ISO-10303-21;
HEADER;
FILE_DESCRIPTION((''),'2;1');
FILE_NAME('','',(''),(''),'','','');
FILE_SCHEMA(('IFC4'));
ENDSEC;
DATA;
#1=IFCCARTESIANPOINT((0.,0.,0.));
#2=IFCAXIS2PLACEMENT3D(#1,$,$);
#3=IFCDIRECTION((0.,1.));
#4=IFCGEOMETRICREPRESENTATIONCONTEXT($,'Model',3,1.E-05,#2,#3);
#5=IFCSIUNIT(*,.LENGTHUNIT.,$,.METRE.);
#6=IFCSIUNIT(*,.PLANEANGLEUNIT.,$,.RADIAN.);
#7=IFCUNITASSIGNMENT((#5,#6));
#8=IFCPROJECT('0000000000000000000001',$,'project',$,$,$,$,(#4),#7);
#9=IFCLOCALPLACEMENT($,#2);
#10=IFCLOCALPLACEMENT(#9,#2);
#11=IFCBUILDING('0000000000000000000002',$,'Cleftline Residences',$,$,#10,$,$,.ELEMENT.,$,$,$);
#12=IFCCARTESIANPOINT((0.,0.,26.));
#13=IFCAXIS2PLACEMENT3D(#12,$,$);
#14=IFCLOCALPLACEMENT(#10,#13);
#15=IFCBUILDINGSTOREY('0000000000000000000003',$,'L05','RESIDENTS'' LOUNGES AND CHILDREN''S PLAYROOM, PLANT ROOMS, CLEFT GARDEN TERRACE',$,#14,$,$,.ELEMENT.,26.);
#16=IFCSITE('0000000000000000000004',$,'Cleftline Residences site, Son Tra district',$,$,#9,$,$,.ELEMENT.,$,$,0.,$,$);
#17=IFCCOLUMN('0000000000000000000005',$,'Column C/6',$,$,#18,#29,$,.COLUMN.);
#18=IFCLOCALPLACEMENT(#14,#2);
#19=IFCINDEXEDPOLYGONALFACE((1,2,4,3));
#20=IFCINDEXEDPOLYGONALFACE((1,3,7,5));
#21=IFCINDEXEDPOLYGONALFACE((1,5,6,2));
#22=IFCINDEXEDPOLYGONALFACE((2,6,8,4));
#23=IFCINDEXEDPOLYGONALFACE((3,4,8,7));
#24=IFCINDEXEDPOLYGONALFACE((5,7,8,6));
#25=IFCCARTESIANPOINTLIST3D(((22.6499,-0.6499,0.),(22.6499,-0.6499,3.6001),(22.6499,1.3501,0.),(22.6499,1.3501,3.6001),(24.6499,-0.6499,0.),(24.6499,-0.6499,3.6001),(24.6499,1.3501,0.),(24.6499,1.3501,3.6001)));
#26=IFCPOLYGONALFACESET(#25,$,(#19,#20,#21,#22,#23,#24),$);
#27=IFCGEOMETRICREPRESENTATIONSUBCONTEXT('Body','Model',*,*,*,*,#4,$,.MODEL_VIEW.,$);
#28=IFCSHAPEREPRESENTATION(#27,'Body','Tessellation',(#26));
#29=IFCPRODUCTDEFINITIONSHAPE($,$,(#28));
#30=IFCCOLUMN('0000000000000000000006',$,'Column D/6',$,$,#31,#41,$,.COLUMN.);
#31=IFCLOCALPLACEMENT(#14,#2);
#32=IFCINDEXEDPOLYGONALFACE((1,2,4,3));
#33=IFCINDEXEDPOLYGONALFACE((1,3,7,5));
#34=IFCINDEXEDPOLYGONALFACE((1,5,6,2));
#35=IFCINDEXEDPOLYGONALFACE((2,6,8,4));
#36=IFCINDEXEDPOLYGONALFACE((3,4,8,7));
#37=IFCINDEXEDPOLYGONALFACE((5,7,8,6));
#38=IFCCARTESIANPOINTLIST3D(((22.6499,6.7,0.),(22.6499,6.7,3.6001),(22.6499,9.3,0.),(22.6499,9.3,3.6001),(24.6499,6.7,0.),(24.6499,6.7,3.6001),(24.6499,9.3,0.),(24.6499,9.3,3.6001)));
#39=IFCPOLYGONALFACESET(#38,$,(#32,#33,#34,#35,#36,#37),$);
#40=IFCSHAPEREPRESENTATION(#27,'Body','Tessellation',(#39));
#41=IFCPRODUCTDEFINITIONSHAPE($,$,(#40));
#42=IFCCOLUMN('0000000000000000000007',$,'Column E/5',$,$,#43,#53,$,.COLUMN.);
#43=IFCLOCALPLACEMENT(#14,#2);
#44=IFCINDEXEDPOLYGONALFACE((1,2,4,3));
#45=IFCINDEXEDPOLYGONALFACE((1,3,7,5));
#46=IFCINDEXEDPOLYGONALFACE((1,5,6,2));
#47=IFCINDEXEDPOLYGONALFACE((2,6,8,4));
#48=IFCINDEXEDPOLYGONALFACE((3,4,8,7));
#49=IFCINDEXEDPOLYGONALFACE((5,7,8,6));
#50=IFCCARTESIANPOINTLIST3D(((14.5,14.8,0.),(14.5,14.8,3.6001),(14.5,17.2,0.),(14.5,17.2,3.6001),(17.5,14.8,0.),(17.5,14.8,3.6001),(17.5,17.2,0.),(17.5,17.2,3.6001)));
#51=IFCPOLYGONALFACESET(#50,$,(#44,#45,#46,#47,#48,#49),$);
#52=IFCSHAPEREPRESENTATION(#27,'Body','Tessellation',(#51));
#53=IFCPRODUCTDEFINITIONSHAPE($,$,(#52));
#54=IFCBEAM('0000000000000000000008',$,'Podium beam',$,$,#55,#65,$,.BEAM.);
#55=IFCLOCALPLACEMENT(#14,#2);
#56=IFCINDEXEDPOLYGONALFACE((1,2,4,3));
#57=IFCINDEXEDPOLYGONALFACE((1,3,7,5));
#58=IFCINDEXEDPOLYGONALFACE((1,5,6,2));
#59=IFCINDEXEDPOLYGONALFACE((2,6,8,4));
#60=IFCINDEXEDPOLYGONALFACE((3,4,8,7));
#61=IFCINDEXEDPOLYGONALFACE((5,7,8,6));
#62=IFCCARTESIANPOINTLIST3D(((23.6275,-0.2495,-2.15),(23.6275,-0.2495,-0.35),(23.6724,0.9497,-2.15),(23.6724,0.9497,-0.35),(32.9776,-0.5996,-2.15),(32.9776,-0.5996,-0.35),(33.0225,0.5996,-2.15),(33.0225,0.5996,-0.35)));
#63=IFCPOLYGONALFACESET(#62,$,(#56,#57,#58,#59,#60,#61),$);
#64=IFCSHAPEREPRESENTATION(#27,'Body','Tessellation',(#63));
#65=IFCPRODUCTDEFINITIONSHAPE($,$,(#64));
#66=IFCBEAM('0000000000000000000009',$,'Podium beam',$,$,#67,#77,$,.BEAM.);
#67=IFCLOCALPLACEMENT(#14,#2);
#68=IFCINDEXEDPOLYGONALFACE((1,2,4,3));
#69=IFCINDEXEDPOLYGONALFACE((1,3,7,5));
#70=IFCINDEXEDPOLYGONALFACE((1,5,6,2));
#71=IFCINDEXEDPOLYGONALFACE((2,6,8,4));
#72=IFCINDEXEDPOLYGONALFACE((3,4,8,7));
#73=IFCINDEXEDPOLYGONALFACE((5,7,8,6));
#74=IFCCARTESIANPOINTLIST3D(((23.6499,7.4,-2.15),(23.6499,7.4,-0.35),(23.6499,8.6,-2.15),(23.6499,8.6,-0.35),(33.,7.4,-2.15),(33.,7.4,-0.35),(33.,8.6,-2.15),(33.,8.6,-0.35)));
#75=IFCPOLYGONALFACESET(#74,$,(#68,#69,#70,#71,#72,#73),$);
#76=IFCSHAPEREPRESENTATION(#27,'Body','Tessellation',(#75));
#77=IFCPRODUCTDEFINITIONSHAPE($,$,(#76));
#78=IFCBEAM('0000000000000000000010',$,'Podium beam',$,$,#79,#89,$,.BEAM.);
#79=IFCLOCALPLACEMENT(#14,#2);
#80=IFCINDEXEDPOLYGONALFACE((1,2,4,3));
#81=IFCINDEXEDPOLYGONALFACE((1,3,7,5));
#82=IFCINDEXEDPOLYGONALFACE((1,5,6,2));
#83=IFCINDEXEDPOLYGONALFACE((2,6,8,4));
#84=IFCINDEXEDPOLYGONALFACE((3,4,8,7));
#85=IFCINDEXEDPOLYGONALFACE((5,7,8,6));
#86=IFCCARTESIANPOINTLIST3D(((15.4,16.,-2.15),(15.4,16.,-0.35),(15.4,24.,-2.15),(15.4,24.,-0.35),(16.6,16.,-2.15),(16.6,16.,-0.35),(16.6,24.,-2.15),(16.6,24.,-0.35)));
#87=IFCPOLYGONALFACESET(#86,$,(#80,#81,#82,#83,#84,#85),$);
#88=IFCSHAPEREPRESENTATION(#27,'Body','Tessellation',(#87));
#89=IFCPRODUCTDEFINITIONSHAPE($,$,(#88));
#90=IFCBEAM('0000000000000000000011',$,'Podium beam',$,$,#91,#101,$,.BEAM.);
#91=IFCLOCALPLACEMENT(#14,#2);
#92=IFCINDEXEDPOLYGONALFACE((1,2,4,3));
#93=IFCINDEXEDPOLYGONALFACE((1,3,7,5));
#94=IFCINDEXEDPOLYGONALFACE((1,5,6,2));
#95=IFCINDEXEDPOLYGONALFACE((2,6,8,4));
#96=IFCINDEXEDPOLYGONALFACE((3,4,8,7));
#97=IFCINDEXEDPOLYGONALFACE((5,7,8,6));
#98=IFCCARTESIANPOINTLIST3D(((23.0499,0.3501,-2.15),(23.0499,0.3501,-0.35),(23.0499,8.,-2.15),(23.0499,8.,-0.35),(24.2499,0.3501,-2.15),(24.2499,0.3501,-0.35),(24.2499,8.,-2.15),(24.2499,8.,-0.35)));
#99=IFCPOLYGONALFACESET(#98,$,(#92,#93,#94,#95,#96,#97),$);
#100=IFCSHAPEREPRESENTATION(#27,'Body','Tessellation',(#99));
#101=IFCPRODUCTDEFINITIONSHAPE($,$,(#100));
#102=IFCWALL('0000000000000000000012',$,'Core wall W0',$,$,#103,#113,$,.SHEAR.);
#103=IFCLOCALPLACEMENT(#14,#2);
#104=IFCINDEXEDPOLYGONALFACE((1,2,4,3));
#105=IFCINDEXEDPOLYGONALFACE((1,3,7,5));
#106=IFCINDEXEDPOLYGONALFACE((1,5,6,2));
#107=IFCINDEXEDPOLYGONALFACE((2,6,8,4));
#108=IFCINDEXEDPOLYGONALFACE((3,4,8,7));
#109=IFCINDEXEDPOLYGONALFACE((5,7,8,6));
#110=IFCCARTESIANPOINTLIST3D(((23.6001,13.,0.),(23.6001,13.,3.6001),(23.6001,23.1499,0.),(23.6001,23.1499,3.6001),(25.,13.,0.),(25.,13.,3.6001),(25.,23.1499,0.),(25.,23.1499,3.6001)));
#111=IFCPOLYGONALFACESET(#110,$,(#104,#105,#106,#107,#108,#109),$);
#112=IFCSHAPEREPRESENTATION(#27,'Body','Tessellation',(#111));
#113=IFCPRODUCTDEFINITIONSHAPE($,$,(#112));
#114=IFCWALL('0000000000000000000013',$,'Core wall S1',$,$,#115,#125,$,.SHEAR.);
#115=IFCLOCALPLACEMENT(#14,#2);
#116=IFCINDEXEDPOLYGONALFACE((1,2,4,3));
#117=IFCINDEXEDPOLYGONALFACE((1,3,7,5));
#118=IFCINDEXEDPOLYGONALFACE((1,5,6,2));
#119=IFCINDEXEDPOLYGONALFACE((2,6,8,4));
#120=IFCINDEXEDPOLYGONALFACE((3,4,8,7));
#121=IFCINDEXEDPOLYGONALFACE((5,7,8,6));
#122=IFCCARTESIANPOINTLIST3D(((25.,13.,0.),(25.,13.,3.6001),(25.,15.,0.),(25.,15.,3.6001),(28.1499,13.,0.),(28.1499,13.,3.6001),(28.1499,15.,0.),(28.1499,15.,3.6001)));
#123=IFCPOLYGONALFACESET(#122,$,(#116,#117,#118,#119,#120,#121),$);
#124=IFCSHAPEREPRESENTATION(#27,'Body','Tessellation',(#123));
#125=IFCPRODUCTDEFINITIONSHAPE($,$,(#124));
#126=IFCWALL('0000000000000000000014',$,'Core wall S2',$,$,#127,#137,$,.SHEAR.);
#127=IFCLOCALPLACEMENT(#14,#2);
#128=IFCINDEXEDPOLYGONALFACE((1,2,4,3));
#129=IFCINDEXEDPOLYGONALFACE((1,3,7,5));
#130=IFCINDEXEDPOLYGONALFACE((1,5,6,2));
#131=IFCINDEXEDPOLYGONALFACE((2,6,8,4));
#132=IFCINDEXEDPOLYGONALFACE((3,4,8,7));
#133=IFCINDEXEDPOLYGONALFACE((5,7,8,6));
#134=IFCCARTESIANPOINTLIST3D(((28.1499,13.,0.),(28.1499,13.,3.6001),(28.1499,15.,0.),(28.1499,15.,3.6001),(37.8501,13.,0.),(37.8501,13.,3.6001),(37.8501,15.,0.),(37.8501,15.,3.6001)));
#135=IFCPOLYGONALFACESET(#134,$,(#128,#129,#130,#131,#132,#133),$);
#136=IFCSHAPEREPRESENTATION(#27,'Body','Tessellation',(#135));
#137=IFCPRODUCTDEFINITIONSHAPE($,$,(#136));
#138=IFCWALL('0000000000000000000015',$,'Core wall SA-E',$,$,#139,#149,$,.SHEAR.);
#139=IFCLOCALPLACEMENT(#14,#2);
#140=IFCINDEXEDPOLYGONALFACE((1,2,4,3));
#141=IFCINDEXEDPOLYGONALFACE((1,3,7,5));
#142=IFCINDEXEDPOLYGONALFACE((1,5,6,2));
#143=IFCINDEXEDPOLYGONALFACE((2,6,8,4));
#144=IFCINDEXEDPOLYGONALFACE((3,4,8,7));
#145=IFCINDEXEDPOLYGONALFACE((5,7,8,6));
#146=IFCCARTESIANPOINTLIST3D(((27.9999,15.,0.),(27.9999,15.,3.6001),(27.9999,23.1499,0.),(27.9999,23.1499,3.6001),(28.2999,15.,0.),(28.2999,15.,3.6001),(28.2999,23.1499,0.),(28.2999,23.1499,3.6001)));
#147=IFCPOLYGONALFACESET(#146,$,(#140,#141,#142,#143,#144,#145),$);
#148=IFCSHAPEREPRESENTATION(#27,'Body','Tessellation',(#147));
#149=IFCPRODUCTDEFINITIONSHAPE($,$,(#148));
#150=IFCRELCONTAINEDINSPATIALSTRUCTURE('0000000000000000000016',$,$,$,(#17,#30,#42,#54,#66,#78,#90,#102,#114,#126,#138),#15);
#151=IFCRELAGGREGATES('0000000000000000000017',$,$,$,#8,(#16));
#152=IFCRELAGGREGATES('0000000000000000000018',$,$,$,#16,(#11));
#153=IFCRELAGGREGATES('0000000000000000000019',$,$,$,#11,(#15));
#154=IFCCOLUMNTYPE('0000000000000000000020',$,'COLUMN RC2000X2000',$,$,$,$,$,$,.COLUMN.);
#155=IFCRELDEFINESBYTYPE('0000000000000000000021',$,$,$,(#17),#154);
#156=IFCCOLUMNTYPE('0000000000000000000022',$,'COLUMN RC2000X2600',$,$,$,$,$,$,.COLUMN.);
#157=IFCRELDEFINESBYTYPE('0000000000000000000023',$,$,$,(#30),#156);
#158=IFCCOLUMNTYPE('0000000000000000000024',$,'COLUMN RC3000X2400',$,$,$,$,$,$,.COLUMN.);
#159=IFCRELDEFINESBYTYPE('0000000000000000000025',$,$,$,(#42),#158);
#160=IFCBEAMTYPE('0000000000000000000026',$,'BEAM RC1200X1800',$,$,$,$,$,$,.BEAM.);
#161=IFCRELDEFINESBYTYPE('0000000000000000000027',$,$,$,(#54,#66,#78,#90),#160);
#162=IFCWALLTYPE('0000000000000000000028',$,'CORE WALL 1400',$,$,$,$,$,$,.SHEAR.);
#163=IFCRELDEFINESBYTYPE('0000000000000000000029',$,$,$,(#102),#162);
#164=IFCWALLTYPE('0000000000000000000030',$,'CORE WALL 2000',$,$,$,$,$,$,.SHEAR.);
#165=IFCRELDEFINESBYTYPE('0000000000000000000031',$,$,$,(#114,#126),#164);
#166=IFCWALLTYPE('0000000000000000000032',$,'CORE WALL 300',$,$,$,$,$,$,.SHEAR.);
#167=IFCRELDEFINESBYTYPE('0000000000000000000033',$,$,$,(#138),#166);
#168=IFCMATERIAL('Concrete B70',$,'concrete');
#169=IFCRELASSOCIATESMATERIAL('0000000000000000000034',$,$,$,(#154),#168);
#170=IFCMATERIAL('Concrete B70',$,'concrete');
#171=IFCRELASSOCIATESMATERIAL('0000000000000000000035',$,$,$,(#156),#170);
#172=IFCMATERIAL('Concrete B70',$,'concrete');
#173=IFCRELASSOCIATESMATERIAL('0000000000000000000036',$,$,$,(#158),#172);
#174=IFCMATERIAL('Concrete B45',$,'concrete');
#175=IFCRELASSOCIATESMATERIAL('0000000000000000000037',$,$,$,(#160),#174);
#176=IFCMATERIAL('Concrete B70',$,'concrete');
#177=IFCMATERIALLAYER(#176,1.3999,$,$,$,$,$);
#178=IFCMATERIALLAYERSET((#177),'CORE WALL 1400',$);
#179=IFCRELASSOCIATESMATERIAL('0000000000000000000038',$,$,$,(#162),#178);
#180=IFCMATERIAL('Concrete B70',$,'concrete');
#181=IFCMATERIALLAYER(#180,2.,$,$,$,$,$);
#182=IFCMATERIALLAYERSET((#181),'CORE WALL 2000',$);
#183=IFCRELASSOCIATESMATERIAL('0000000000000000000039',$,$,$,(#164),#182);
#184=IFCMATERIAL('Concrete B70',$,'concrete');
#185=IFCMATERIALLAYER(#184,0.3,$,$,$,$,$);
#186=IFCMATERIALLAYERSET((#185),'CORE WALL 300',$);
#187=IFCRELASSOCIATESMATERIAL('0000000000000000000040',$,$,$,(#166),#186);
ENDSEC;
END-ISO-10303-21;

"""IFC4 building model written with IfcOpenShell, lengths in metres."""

from ifc_helpers import new_model, si_unit, direction, frame, frame_2d, origin, origin_2d, place, context, subcontext, project, spatial, rectangle, extrude, material, layer, layer_set, material_profile, profile_set, type_object, element, save


model = new_model("IFC4")

# Units and contexts
model_context = context("Model", 3, precision=1e-05, world=origin(), true_north=direction((0.0, 1.0)))
body_context = subcontext(model_context, "Body", "Model", "MODEL_VIEW")
ifc_project = project(units=[si_unit("LENGTHUNIT", "METRE"), si_unit("PLANEANGLEUNIT", "RADIAN")], contexts=[model_context])

# Site, building, storey
site_placement = place(None, origin())
site = spatial("IfcSite", under=ifc_project, at=site_placement, Name="Cleftline Residences site, Son Tra district", CompositionType="ELEMENT", RefElevation=0.0)
building_placement = place(site_placement, origin())
building = spatial("IfcBuilding", under=site, at=building_placement, Name="Cleftline Residences", CompositionType="ELEMENT")
storey_placement = place(building_placement, frame((0.0, 0.0, 26.0)))
storey = spatial("IfcBuildingStorey", under=building, at=storey_placement, Name="L05", Description="RESIDENTS' LOUNGES AND CHILDREN'S PLAYROOM, PLANT ROOMS, CLEFT GARDEN TERRACE", CompositionType="ELEMENT", Elevation=26.0)

# Columns
ifc_material_1 = material(Name="Concrete B70", Category="concrete")
ifc_material_profile_1 = material_profile(ifc_material_1, rectangle(XDim=2.0, YDim=2.0, at=origin_2d()))
ifc_profile_set_1 = profile_set([ifc_material_profile_1], Name="Concrete B70")
column_type_1 = type_object("IfcColumnType", Name="COLUMN RC2000X2000", PredefinedType="COLUMN", material=ifc_profile_set_1)
column_1_placement = place(storey_placement, frame((23.6499, 0.3501, 0.0), z_axis=(0.0, 0.0, 1.0), x_axis=(1.0, 0.0, 0.0)))
element("IfcColumn", 1, at=column_1_placement, inside=storey, type_object=column_type_1, Name="Column C/6", PredefinedType="COLUMN", context=body_context, shape_type="SweptSolid", body=[
    extrude(rectangle(XDim=2.0, YDim=2.0, at=origin_2d()), origin(), (0.0, 0.0, 1.0), 3.6001),
])
ifc_material_2 = material(Name="Concrete B70", Category="concrete")
ifc_material_profile_2 = material_profile(ifc_material_2, rectangle(XDim=2.0, YDim=2.6001, at=origin_2d()))
ifc_profile_set_2 = profile_set([ifc_material_profile_2], Name="Concrete B70")
column_type_2 = type_object("IfcColumnType", Name="COLUMN RC2000X2600", PredefinedType="COLUMN", material=ifc_profile_set_2)
column_2_placement = place(storey_placement, frame((23.6499, 8.0, 0.0), z_axis=(0.0, 0.0, 1.0), x_axis=(1.0, 0.0, 0.0)))
element("IfcColumn", 2, at=column_2_placement, inside=storey, type_object=column_type_2, Name="Column D/6", PredefinedType="COLUMN", context=body_context, shape_type="SweptSolid", body=[
    extrude(rectangle(XDim=2.0, YDim=2.6001, at=origin_2d()), origin(), (0.0, 0.0, 1.0), 3.6001),
])
ifc_material_3 = material(Name="Concrete B70", Category="concrete")
ifc_material_profile_3 = material_profile(ifc_material_3, rectangle(XDim=3.0, YDim=2.3999, at=origin_2d()))
ifc_profile_set_3 = profile_set([ifc_material_profile_3], Name="Concrete B70")
column_type_3 = type_object("IfcColumnType", Name="COLUMN RC3000X2400", PredefinedType="COLUMN", material=ifc_profile_set_3)
column_3_placement = place(storey_placement, frame((16.0, 16.0, 0.0), z_axis=(0.0, 0.0, 1.0), x_axis=(1.0, 0.0, 0.0)))
element("IfcColumn", 3, at=column_3_placement, inside=storey, type_object=column_type_3, Name="Column E/5", PredefinedType="COLUMN", context=body_context, shape_type="SweptSolid", body=[
    extrude(rectangle(XDim=3.0, YDim=2.3999, at=origin_2d()), origin(), (0.0, 0.0, 1.0), 3.6001),
])

# Beams
ifc_material_4 = material(Name="Concrete B45", Category="concrete")
ifc_material_profile_4 = material_profile(ifc_material_4, rectangle(XDim=1.2, YDim=1.8, at=origin_2d()))
ifc_profile_set_4 = profile_set([ifc_material_profile_4], Name="Concrete B45")
beam_type = type_object("IfcBeamType", Name="BEAM RC1200X1800", PredefinedType="BEAM", material=ifc_profile_set_4)
beam_1_placement = place(storey_placement, frame((23.6499, 0.3501, -1.25), z_axis=(0.9993, -0.037417, 0.0), x_axis=(0.037417, 0.9993, 0.0)))
element("IfcBeam", 4, at=beam_1_placement, inside=storey, type_object=beam_type, Name="Podium beam", PredefinedType="BEAM", context=body_context, shape_type="SweptSolid", body=[
    extrude(rectangle(XDim=1.2, YDim=1.8, at=origin_2d()), origin(), (0.0, 0.0, 1.0), 9.3567),
])
beam_2_placement = place(storey_placement, frame((23.6499, 8.0, -1.25), z_axis=(1.0, 0.0, 0.0), x_axis=(0.0, 1.0, 0.0)))
element("IfcBeam", 5, at=beam_2_placement, inside=storey, type_object=beam_type, Name="Podium beam", PredefinedType="BEAM", context=body_context, shape_type="SweptSolid", body=[
    extrude(rectangle(XDim=1.2, YDim=1.8, at=origin_2d()), origin(), (0.0, 0.0, 1.0), 9.3501),
])
beam_3_placement = place(storey_placement, frame((16.0, 16.0, -1.25), z_axis=(0.0, 1.0, 0.0), x_axis=(-1.0, 0.0, 0.0)))
element("IfcBeam", 6, at=beam_3_placement, inside=storey, type_object=beam_type, Name="Podium beam", PredefinedType="BEAM", context=body_context, shape_type="SweptSolid", body=[
    extrude(rectangle(XDim=1.2, YDim=1.8, at=origin_2d()), origin(), (0.0, 0.0, 1.0), 8.0),
])
beam_4_placement = place(storey_placement, frame((23.6499, 0.3501, -1.25), z_axis=(0.0, 1.0, 0.0), x_axis=(-1.0, 0.0, 0.0)))
element("IfcBeam", 7, at=beam_4_placement, inside=storey, type_object=beam_type, Name="Podium beam", PredefinedType="BEAM", context=body_context, shape_type="SweptSolid", body=[
    extrude(rectangle(XDim=1.2, YDim=1.8, at=origin_2d()), origin(), (0.0, 0.0, 1.0), 7.6499),
])

# Walls
ifc_material_5 = material(Name="Concrete B70", Category="concrete")
ifc_layer_1 = layer(ifc_material_5, 1.3999)
ifc_layer_set_1 = layer_set([ifc_layer_1], Name="CORE WALL 1400")
wall_type_1 = type_object("IfcWallType", Name="CORE WALL 1400", PredefinedType="SHEAR", material=ifc_layer_set_1)
wall_1_placement = place(storey_placement, frame((24.3, 13.0, 0.0), z_axis=(0.0, 0.0, 1.0), x_axis=(0.0, 1.0, 0.0)))
element("IfcWall", 8, at=wall_1_placement, inside=storey, type_object=wall_type_1, Name="Core wall W0", PredefinedType="SHEAR", context=body_context, shape_type="SweptSolid", body=[
    extrude(rectangle(XDim=10.1499, YDim=1.3999, at=frame_2d((5.075, 0.0))), origin(), (0.0, 0.0, 1.0), 3.6001),
])
ifc_material_6 = material(Name="Concrete B70", Category="concrete")
ifc_layer_2 = layer(ifc_material_6, 2.0)
ifc_layer_set_2 = layer_set([ifc_layer_2], Name="CORE WALL 2000")
wall_type_2 = type_object("IfcWallType", Name="CORE WALL 2000", PredefinedType="SHEAR", material=ifc_layer_set_2)
wall_2_placement = place(storey_placement, frame((25.0, 14.0, 0.0), z_axis=(0.0, 0.0, 1.0), x_axis=(1.0, 0.0, 0.0)))
element("IfcWall", 9, at=wall_2_placement, inside=storey, type_object=wall_type_2, Name="Core wall S1", PredefinedType="SHEAR", context=body_context, shape_type="SweptSolid", body=[
    extrude(rectangle(XDim=3.1499, YDim=2.0, at=frame_2d((1.575, 0.0))), origin(), (0.0, 0.0, 1.0), 3.6001),
])
wall_3_placement = place(storey_placement, frame((28.1499, 14.0, 0.0), z_axis=(0.0, 0.0, 1.0), x_axis=(1.0, 0.0, 0.0)))
element("IfcWall", 10, at=wall_3_placement, inside=storey, type_object=wall_type_2, Name="Core wall S2", PredefinedType="SHEAR", context=body_context, shape_type="SweptSolid", body=[
    extrude(rectangle(XDim=9.7002, YDim=2.0, at=frame_2d((4.8501, 0.0))), origin(), (0.0, 0.0, 1.0), 3.6001),
])
ifc_material_7 = material(Name="Concrete B70", Category="concrete")
ifc_layer_3 = layer(ifc_material_7, 0.3)
ifc_layer_set_3 = layer_set([ifc_layer_3], Name="CORE WALL 300")
wall_type_3 = type_object("IfcWallType", Name="CORE WALL 300", PredefinedType="SHEAR", material=ifc_layer_set_3)
wall_4_placement = place(storey_placement, frame((28.1499, 15.0, 0.0), z_axis=(0.0, 0.0, 1.0), x_axis=(0.0, 1.0, 0.0)))
element("IfcWall", 11, at=wall_4_placement, inside=storey, type_object=wall_type_3, Name="Core wall SA-E", PredefinedType="SHEAR", context=body_context, shape_type="SweptSolid", body=[
    extrude(rectangle(XDim=8.1499, YDim=0.3, at=frame_2d((4.075, 0.0))), origin(), (0.0, 0.0, 1.0), 3.6001),
])

save(model, "model.ifc")
